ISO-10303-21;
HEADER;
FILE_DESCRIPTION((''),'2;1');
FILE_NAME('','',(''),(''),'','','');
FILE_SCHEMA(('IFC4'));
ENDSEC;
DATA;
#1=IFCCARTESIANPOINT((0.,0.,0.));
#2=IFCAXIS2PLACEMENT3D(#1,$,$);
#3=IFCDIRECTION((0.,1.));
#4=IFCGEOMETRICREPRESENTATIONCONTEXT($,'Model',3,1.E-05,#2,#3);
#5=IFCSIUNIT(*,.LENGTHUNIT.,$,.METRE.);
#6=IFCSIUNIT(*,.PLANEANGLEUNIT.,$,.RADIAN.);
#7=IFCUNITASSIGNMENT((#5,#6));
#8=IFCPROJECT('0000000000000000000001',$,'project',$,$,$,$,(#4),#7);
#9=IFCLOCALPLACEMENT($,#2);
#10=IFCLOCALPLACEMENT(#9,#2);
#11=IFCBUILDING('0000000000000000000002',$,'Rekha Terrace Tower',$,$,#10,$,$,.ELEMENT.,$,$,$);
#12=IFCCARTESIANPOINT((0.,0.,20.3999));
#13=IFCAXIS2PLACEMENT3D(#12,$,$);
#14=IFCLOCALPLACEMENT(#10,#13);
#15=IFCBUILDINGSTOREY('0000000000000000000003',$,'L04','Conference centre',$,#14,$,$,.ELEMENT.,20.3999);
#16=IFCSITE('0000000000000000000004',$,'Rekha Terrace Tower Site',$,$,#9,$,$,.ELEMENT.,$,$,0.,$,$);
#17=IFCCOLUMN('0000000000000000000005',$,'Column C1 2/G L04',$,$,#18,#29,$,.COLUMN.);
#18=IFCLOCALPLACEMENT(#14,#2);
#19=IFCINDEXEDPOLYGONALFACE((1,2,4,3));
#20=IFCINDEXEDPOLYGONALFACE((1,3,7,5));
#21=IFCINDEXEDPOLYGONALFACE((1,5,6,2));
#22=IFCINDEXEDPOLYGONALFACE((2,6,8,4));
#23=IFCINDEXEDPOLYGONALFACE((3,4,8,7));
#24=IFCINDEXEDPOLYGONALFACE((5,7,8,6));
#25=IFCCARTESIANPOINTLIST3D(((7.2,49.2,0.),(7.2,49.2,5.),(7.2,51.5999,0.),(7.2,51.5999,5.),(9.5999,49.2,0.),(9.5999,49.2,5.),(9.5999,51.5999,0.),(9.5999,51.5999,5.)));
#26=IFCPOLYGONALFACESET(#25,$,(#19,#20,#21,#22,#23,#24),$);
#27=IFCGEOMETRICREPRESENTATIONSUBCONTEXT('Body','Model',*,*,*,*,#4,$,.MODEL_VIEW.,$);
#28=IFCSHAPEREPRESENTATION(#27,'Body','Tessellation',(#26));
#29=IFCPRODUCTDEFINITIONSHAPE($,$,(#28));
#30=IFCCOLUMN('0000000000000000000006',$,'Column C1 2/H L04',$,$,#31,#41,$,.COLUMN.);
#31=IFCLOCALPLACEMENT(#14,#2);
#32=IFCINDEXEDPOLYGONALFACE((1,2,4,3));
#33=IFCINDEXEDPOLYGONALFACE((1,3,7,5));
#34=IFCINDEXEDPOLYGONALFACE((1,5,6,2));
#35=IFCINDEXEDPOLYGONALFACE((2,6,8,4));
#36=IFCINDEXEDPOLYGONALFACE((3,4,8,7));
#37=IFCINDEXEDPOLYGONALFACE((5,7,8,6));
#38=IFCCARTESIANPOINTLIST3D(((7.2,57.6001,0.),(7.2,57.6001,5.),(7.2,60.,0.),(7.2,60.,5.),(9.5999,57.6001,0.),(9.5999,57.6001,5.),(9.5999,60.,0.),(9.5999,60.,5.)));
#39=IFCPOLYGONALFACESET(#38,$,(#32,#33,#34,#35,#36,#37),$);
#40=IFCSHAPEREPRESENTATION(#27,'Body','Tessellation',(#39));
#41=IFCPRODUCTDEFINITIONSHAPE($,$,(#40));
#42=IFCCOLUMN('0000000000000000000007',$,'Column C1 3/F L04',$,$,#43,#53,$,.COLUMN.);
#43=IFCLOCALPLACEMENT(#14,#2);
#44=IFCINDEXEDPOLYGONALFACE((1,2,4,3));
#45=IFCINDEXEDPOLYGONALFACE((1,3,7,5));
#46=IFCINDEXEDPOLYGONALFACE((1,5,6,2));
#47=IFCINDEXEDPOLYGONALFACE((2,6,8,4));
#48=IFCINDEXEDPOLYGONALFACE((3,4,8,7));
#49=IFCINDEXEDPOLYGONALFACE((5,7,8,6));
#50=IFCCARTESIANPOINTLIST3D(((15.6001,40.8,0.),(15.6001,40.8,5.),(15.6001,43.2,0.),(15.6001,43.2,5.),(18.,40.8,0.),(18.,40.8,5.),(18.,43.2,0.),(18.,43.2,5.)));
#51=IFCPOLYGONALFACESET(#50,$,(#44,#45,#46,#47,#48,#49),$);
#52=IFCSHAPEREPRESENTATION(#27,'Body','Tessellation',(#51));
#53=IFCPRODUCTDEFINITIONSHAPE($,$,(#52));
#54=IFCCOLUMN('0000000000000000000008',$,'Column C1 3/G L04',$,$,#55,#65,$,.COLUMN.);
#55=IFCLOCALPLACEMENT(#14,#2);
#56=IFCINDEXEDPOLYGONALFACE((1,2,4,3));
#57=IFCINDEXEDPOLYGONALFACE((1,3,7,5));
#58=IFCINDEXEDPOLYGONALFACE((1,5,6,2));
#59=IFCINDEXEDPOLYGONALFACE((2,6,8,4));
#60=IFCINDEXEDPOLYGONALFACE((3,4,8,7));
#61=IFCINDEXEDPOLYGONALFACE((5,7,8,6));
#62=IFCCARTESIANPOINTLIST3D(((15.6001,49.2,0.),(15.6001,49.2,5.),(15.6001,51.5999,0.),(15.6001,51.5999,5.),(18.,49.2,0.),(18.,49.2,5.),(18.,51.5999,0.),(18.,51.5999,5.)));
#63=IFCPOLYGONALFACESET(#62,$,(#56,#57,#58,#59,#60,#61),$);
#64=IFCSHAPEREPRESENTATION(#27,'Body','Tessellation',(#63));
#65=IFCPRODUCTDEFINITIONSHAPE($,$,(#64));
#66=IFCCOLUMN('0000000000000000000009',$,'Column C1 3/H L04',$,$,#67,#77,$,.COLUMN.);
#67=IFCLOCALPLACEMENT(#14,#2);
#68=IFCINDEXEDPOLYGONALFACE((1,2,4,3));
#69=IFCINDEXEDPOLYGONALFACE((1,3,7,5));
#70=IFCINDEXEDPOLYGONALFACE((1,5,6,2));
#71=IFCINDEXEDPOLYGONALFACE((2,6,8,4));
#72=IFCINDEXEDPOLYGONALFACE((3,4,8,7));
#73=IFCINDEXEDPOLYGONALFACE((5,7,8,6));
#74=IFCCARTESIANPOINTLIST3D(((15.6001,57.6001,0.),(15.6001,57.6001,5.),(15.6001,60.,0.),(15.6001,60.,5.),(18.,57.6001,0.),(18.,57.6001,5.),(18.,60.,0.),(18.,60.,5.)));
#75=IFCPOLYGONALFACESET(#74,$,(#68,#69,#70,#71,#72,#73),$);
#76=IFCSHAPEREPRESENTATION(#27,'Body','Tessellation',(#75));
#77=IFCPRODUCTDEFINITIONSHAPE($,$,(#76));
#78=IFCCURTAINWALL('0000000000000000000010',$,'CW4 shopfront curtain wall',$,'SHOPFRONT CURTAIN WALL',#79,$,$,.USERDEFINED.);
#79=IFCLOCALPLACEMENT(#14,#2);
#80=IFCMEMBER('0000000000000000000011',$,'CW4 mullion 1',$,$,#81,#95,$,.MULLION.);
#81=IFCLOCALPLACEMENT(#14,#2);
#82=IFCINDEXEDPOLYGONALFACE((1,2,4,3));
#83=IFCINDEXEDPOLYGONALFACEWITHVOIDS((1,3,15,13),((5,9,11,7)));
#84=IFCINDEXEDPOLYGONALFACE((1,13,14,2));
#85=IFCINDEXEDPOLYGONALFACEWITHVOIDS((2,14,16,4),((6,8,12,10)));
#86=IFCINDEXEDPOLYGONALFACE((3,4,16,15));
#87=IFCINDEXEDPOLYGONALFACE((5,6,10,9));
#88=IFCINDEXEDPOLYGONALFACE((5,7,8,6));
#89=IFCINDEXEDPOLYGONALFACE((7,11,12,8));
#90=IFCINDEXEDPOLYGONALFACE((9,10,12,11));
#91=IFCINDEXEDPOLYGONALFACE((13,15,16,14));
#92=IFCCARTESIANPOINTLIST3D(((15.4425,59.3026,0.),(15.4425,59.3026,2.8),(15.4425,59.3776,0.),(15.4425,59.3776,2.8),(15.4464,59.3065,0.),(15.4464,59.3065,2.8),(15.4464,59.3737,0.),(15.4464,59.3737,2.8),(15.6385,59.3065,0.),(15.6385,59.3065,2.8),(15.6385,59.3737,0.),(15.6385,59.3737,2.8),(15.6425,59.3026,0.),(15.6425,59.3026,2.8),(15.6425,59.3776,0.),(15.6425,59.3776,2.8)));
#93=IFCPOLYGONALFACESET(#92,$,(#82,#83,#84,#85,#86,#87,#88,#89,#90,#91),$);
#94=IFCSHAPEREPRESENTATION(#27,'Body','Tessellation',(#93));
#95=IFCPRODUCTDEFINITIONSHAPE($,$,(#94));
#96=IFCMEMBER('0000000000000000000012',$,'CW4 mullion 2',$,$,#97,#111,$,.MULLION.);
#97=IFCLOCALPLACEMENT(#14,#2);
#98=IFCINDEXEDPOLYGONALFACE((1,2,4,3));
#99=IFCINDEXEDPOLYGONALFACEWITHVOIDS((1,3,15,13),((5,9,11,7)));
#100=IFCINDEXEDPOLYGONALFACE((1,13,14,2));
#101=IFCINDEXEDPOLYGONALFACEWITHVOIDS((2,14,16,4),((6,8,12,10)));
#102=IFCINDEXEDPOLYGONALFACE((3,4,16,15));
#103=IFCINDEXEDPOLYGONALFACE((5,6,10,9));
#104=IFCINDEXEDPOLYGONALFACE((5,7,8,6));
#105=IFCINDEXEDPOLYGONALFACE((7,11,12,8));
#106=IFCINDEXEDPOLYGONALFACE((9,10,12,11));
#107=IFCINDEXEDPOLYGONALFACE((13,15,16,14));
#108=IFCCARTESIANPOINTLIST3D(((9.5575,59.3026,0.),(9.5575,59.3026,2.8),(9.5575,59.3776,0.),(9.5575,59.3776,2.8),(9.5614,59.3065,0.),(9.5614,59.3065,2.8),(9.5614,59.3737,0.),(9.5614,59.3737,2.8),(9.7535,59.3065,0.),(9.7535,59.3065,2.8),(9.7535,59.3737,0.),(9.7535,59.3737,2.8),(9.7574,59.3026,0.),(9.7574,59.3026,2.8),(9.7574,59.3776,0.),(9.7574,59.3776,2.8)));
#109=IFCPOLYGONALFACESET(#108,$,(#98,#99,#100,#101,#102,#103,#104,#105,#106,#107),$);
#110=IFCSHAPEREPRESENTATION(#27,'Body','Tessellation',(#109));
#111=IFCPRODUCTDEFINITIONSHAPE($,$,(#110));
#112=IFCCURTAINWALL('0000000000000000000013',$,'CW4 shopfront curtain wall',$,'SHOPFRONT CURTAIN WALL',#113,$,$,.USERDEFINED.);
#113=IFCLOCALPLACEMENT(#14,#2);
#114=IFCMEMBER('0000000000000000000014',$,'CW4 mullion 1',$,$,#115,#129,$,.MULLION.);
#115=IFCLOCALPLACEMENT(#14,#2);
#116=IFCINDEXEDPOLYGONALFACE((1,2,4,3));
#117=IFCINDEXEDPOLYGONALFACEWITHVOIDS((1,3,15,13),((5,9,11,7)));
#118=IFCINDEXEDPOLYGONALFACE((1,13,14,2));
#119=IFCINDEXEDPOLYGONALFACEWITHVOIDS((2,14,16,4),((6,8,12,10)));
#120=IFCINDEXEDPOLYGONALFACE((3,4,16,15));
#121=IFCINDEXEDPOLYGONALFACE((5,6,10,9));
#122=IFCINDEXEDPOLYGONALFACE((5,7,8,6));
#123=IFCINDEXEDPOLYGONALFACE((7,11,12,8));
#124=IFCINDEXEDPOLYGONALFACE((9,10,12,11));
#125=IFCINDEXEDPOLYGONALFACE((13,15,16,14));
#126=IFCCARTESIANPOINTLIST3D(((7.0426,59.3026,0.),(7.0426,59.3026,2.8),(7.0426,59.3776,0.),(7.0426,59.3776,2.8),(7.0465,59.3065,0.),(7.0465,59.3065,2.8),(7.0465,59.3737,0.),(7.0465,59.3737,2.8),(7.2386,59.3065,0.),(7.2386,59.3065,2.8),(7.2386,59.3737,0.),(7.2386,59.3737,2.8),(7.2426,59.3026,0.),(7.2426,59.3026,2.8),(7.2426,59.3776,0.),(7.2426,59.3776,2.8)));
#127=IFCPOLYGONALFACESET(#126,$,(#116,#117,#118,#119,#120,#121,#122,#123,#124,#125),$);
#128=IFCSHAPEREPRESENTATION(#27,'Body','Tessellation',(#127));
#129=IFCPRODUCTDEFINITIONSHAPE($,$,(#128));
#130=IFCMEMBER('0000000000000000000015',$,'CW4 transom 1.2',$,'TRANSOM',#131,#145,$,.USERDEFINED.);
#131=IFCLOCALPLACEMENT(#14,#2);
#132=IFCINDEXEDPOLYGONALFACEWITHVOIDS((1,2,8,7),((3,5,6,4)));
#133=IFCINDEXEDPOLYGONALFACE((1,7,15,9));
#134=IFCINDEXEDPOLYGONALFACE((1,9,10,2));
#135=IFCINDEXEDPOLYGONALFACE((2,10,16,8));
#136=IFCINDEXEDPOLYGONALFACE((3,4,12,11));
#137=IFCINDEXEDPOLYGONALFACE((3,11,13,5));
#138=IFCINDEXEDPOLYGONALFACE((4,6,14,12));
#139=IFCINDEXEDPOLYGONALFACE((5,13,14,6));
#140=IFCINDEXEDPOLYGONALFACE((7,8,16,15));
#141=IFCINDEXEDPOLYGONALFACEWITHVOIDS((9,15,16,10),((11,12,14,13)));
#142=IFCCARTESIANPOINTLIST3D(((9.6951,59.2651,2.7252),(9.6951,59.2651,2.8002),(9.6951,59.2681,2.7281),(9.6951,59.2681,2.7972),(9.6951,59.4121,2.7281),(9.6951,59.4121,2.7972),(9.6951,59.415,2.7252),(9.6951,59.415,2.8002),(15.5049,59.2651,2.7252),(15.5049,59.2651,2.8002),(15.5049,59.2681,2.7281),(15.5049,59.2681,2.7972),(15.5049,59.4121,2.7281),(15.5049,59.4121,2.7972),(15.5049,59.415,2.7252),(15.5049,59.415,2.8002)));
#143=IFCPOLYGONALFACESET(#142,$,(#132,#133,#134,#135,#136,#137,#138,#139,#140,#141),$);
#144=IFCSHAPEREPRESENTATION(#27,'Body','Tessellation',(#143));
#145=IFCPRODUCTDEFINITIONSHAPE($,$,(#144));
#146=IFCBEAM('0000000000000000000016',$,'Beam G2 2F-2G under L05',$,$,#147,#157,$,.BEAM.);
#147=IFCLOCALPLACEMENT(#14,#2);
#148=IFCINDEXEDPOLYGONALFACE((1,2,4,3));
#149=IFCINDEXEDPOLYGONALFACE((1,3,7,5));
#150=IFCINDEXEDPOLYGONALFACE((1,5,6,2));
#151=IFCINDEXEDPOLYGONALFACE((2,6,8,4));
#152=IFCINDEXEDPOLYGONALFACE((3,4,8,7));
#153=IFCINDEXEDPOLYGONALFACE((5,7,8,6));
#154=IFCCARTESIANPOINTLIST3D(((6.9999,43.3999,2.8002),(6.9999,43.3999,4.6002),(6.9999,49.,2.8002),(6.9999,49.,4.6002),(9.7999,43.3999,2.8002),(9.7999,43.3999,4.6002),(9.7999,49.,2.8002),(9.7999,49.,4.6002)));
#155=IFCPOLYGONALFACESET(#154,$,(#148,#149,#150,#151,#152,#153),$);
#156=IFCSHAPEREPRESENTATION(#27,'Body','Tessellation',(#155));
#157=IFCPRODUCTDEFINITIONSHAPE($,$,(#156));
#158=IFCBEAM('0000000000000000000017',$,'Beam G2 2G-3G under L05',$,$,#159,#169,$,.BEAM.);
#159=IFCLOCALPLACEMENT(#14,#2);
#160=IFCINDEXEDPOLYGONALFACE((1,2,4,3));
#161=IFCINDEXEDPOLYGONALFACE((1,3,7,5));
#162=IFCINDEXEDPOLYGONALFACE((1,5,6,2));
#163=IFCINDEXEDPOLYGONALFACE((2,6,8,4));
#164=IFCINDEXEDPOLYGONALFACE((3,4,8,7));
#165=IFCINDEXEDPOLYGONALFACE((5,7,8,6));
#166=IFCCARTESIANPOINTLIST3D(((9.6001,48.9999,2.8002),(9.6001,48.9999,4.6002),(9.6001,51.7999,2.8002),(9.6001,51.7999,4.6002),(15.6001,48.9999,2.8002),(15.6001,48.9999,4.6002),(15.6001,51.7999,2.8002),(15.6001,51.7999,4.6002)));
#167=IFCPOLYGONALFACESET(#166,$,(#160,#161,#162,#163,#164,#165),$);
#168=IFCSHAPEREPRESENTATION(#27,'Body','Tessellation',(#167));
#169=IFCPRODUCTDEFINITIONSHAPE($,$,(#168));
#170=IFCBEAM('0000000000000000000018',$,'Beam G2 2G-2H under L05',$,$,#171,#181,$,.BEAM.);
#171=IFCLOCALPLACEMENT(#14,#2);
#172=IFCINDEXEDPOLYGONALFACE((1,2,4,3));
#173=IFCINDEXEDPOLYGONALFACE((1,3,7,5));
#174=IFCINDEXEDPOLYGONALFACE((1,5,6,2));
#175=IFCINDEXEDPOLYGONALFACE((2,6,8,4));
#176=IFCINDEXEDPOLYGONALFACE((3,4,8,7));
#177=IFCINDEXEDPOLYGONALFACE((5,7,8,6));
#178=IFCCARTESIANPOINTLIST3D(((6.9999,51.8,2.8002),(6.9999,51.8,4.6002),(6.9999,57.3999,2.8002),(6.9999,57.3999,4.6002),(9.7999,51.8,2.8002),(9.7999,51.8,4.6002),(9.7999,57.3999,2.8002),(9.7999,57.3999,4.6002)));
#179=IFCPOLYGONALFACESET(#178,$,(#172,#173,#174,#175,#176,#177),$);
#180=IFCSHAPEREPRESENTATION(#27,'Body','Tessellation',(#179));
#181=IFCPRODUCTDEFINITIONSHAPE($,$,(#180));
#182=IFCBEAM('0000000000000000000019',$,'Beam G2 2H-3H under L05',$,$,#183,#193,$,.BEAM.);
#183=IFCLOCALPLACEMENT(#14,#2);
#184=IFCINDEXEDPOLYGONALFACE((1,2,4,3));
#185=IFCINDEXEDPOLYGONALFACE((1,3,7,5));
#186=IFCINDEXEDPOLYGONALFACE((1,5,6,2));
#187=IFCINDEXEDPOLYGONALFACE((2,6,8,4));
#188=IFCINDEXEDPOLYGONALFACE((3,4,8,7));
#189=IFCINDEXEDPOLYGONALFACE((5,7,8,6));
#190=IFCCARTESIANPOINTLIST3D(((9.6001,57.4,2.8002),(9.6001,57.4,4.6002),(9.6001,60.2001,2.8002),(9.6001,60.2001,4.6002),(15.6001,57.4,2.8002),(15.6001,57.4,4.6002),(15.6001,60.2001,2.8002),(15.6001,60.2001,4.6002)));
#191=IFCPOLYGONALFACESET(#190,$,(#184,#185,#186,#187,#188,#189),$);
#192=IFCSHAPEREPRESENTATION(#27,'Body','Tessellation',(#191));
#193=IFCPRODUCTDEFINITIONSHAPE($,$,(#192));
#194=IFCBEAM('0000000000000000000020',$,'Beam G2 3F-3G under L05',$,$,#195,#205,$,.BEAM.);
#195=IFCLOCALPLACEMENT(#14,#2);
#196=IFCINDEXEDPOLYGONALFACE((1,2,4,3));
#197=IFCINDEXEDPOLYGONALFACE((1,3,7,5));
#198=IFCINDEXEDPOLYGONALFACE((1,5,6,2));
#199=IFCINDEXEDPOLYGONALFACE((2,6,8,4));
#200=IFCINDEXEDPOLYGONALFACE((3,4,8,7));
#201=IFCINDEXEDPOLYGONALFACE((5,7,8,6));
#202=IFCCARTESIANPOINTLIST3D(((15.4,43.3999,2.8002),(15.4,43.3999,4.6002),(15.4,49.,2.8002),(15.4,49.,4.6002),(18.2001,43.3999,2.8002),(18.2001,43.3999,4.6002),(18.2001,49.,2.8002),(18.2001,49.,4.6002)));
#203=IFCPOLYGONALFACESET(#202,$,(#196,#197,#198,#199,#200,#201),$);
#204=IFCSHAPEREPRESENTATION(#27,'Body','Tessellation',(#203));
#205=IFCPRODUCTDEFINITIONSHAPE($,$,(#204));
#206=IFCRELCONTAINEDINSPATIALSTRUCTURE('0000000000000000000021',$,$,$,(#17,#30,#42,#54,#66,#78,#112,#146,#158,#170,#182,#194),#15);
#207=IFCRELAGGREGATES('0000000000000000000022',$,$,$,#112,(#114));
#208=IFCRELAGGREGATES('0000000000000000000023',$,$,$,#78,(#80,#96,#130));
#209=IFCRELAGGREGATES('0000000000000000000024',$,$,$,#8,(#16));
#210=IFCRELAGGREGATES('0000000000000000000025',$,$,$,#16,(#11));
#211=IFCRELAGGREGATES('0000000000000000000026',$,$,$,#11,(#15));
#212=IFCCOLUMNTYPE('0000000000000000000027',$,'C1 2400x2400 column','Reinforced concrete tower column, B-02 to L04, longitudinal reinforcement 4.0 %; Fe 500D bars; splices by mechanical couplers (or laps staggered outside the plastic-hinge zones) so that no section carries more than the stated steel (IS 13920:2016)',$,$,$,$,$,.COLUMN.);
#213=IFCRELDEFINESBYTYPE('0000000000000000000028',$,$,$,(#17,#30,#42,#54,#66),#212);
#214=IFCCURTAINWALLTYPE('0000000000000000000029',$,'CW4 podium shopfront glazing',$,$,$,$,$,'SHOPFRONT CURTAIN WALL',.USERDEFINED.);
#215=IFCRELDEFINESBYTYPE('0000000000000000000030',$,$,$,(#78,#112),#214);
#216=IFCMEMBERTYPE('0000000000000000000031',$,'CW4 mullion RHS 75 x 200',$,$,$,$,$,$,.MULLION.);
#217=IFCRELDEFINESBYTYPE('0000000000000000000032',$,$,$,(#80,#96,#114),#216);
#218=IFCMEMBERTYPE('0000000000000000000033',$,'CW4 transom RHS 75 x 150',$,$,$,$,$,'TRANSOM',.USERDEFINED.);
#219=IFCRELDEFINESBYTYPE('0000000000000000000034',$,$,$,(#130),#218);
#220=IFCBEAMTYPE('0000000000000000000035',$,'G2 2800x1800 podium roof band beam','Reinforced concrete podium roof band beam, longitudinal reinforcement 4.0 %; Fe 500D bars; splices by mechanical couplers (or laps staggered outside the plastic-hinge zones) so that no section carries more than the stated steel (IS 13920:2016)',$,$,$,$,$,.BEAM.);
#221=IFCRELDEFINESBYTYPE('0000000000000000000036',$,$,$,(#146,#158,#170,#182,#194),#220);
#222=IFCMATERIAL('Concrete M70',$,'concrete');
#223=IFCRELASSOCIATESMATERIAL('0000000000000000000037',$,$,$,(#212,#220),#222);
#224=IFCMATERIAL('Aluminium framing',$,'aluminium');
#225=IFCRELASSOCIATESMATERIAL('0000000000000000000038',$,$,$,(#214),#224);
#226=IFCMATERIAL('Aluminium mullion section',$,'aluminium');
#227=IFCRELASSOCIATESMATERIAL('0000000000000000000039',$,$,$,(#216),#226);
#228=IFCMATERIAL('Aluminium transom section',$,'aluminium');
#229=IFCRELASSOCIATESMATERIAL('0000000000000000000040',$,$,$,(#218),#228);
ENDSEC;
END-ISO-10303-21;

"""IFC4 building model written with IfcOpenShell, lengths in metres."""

from ifc_helpers import new_model, si_unit, direction, frame, origin, origin_2d, place, context, subcontext, project, spatial, rectangle, hollow_rectangle, extrude, material, material_profile, profile_set, type_object, element, aggregate, save


model = new_model("IFC4")

# Units and contexts
model_context = context("Model", 3, precision=1e-05, world=origin(), true_north=direction((0.0, 1.0)))
body_context = subcontext(model_context, "Body", "Model", "MODEL_VIEW")
ifc_project = project(units=[si_unit("LENGTHUNIT", "METRE"), si_unit("PLANEANGLEUNIT", "RADIAN")], contexts=[model_context])

# Site, building, storey
site_placement = place(None, origin())
site = spatial("IfcSite", under=ifc_project, at=site_placement, Name="Rekha Terrace Tower Site", CompositionType="ELEMENT", RefElevation=0.0)
building_placement = place(site_placement, origin())
building = spatial("IfcBuilding", under=site, at=building_placement, Name="Rekha Terrace Tower", CompositionType="ELEMENT")
storey_placement = place(building_placement, frame((0.0, 0.0, 20.3999)))
storey = spatial("IfcBuildingStorey", under=building, at=storey_placement, Name="L04", Description="Conference centre", CompositionType="ELEMENT", Elevation=20.3999)

# Columns
ifc_material_1 = material(Name="Concrete M70", Category="concrete")
ifc_material_profile_1 = material_profile(ifc_material_1, rectangle(XDim=2.3999, YDim=2.3999, at=origin_2d()), Name="RC 2400x2400")
ifc_profile_set_1 = profile_set([ifc_material_profile_1], Name="Concrete M70")
column_type = type_object("IfcColumnType", Name="C1 2400x2400 column", Description="Reinforced concrete tower column, B-02 to L04, longitudinal reinforcement 4.0 %; Fe 500D bars; splices by mechanical couplers (or laps staggered outside the plastic-hinge zones) so that no section carries more than the stated steel (IS 13920:2016)", PredefinedType="COLUMN", material=ifc_profile_set_1)
for number, where, z_axis, x_axis, name in (
    (1, (8.3999, 50.3999, 0.0), (0.0, 0.0, 1.0), (1.0, 0.0, 0.0), "Column C1 2/G L04"),
    (2, (8.3999, 58.8, 0.0), (0.0, 0.0, 1.0), (1.0, 0.0, 0.0), "Column C1 2/H L04"),
    (3, (16.8, 42.0, 0.0), (0.0, 0.0, 1.0), (1.0, 0.0, 0.0), "Column C1 3/F L04"),
    (4, (16.8, 50.3999, 0.0), (0.0, 0.0, 1.0), (1.0, 0.0, 0.0), "Column C1 3/G L04"),
    (5, (16.8, 58.8, 0.0), (0.0, 0.0, 1.0), (1.0, 0.0, 0.0), "Column C1 3/H L04"),
):
    element("IfcColumn", number, at=place(storey_placement, frame(where, z_axis=z_axis, x_axis=x_axis)), inside=storey, type_object=column_type, Name=name, PredefinedType="COLUMN", context=body_context, shape_type="SweptSolid", body=[
        extrude(rectangle(XDim=2.3999, YDim=2.3999, at=origin_2d()), origin(), (0.0, 0.0, 1.0), 5.0),
    ])

# Curtain wall, members
ifc_material_2 = material(Name="Aluminium framing", Category="aluminium")
curtain_wall_type = type_object("IfcCurtainWallType", Name="CW4 podium shopfront glazing", ElementType="SHOPFRONT CURTAIN WALL", PredefinedType="USERDEFINED", material=ifc_material_2)
curtain_wall_1_placement = place(storey_placement, origin())
curtain_wall_1 = element("IfcCurtainWall", 6, at=curtain_wall_1_placement, inside=storey, type_object=curtain_wall_type, Name="CW4 shopfront curtain wall", ObjectType="SHOPFRONT CURTAIN WALL", PredefinedType="USERDEFINED")
ifc_material_3 = material(Name="Aluminium mullion section", Category="aluminium")
ifc_material_profile_2 = material_profile(ifc_material_3, hollow_rectangle(XDim=0.075, YDim=0.2, WallThickness=0.0039, at=origin_2d()), Name="AL RHS 75x200")
ifc_profile_set_2 = profile_set([ifc_material_profile_2], Name="Aluminium mullion section")
member_type_1 = type_object("IfcMemberType", Name="CW4 mullion RHS 75 x 200", PredefinedType="MULLION", material=ifc_profile_set_2)
member_1_placement = place(storey_placement, frame((15.5425, 59.3401, 0.0), z_axis=(0.0, 0.0, 1.0), x_axis=(0.0, -1.0, 0.0)))
member_1 = element("IfcMember", 7, at=member_1_placement, type_object=member_type_1, Name="CW4 mullion 1", PredefinedType="MULLION", context=body_context, shape_type="SweptSolid", body=[
    extrude(hollow_rectangle(XDim=0.075, YDim=0.2, WallThickness=0.0039, at=origin_2d()), origin(), (0.0, 0.0, 1.0), 2.8),
])
member_2_placement = place(storey_placement, frame((9.6575, 59.3401, 0.0), z_axis=(0.0, 0.0, 1.0), x_axis=(0.0, -1.0, 0.0)))
member_2 = element("IfcMember", 8, at=member_2_placement, type_object=member_type_1, Name="CW4 mullion 2", PredefinedType="MULLION", context=body_context, shape_type="SweptSolid", body=[
    extrude(hollow_rectangle(XDim=0.075, YDim=0.2, WallThickness=0.0039, at=origin_2d()), origin(), (0.0, 0.0, 1.0), 2.8),
])

# Curtain wall, member
curtain_wall_2_placement = place(storey_placement, origin())
curtain_wall_2 = element("IfcCurtainWall", 9, at=curtain_wall_2_placement, inside=storey, type_object=curtain_wall_type, Name="CW4 shopfront curtain wall", ObjectType="SHOPFRONT CURTAIN WALL", PredefinedType="USERDEFINED")
member_3_placement = place(storey_placement, frame((7.1426, 59.3401, 0.0), z_axis=(0.0, 0.0, 1.0), x_axis=(0.0, -1.0, 0.0)))
member_3 = element("IfcMember", 10, at=member_3_placement, type_object=member_type_1, Name="CW4 mullion 1", PredefinedType="MULLION", context=body_context, shape_type="SweptSolid", body=[
    extrude(hollow_rectangle(XDim=0.075, YDim=0.2, WallThickness=0.0039, at=origin_2d()), origin(), (0.0, 0.0, 1.0), 2.8),
])
aggregate(curtain_wall_2, [member_3])

# Member
ifc_material_4 = material(Name="Aluminium transom section", Category="aluminium")
ifc_material_profile_3 = material_profile(ifc_material_4, hollow_rectangle(XDim=0.1499, YDim=0.075, WallThickness=0.0029, at=origin_2d()), Name="AL RHS 150x75")
ifc_profile_set_3 = profile_set([ifc_material_profile_3], Name="Aluminium transom section")
member_type_2 = type_object("IfcMemberType", Name="CW4 transom RHS 75 x 150", ElementType="TRANSOM", PredefinedType="USERDEFINED", material=ifc_profile_set_3)
member_4_placement = place(storey_placement, frame((15.5049, 59.3401, 2.7627), z_axis=(-1.0, 0.0, 0.0), x_axis=(0.0, -1.0, 0.0)))
member_4 = element("IfcMember", 11, at=member_4_placement, type_object=member_type_2, Name="CW4 transom 1.2", ObjectType="TRANSOM", PredefinedType="USERDEFINED", context=body_context, shape_type="SweptSolid", body=[
    extrude(hollow_rectangle(XDim=0.1499, YDim=0.075, WallThickness=0.0029, at=origin_2d()), origin(), (0.0, 0.0, 1.0), 5.8098),
])

# Beams
ifc_material_profile_4 = material_profile(ifc_material_1, rectangle(XDim=2.8, YDim=1.8, at=origin_2d()), Name="RC 2800x1800")
ifc_profile_set_4 = profile_set([ifc_material_profile_4], Name="Concrete M70")
beam_type = type_object("IfcBeamType", Name="G2 2800x1800 podium roof band beam", Description="Reinforced concrete podium roof band beam, longitudinal reinforcement 4.0 %; Fe 500D bars; splices by mechanical couplers (or laps staggered outside the plastic-hinge zones) so that no section carries more than the stated steel (IS 13920:2016)", PredefinedType="BEAM", material=ifc_profile_set_4)
beam_1_placement = place(storey_placement, frame((8.3999, 43.3999, 3.7002), z_axis=(0.0, 1.0, 0.0), x_axis=(-1.0, 0.0, 0.0)))
element("IfcBeam", 12, at=beam_1_placement, inside=storey, type_object=beam_type, Name="Beam G2 2F-2G under L05", PredefinedType="BEAM", context=body_context, shape_type="SweptSolid", body=[
    extrude(rectangle(XDim=2.8, YDim=1.8, at=origin_2d()), origin(), (0.0, 0.0, 1.0), 5.6001),
])
beam_2_placement = place(storey_placement, frame((9.6001, 50.3999, 3.7002), z_axis=(1.0, 0.0, 0.0), x_axis=(0.0, 1.0, 0.0)))
element("IfcBeam", 13, at=beam_2_placement, inside=storey, type_object=beam_type, Name="Beam G2 2G-3G under L05", PredefinedType="BEAM", context=body_context, shape_type="SweptSolid", body=[
    extrude(rectangle(XDim=2.8, YDim=1.8, at=origin_2d()), origin(), (0.0, 0.0, 1.0), 6.0),
])
beam_3_placement = place(storey_placement, frame((8.3999, 51.8, 3.7002), z_axis=(0.0, 1.0, 0.0), x_axis=(-1.0, 0.0, 0.0)))
element("IfcBeam", 14, at=beam_3_placement, inside=storey, type_object=beam_type, Name="Beam G2 2G-2H under L05", PredefinedType="BEAM", context=body_context, shape_type="SweptSolid", body=[
    extrude(rectangle(XDim=2.8, YDim=1.8, at=origin_2d()), origin(), (0.0, 0.0, 1.0), 5.5999),
])
beam_4_placement = place(storey_placement, frame((9.6001, 58.8, 3.7002), z_axis=(1.0, 0.0, 0.0), x_axis=(0.0, 1.0, 0.0)))
element("IfcBeam", 15, at=beam_4_placement, inside=storey, type_object=beam_type, Name="Beam G2 2H-3H under L05", PredefinedType="BEAM", context=body_context, shape_type="SweptSolid", body=[
    extrude(rectangle(XDim=2.8, YDim=1.8, at=origin_2d()), origin(), (0.0, 0.0, 1.0), 6.0),
])
beam_5_placement = place(storey_placement, frame((16.8, 43.3999, 3.7002), z_axis=(0.0, 1.0, 0.0), x_axis=(-1.0, 0.0, 0.0)))
element("IfcBeam", 16, at=beam_5_placement, inside=storey, type_object=beam_type, Name="Beam G2 3F-3G under L05", PredefinedType="BEAM", context=body_context, shape_type="SweptSolid", body=[
    extrude(rectangle(XDim=2.8, YDim=1.8, at=origin_2d()), origin(), (0.0, 0.0, 1.0), 5.6001),
])

aggregate(curtain_wall_1, [member_1, member_2, member_4])

save(model, "model.ifc")
